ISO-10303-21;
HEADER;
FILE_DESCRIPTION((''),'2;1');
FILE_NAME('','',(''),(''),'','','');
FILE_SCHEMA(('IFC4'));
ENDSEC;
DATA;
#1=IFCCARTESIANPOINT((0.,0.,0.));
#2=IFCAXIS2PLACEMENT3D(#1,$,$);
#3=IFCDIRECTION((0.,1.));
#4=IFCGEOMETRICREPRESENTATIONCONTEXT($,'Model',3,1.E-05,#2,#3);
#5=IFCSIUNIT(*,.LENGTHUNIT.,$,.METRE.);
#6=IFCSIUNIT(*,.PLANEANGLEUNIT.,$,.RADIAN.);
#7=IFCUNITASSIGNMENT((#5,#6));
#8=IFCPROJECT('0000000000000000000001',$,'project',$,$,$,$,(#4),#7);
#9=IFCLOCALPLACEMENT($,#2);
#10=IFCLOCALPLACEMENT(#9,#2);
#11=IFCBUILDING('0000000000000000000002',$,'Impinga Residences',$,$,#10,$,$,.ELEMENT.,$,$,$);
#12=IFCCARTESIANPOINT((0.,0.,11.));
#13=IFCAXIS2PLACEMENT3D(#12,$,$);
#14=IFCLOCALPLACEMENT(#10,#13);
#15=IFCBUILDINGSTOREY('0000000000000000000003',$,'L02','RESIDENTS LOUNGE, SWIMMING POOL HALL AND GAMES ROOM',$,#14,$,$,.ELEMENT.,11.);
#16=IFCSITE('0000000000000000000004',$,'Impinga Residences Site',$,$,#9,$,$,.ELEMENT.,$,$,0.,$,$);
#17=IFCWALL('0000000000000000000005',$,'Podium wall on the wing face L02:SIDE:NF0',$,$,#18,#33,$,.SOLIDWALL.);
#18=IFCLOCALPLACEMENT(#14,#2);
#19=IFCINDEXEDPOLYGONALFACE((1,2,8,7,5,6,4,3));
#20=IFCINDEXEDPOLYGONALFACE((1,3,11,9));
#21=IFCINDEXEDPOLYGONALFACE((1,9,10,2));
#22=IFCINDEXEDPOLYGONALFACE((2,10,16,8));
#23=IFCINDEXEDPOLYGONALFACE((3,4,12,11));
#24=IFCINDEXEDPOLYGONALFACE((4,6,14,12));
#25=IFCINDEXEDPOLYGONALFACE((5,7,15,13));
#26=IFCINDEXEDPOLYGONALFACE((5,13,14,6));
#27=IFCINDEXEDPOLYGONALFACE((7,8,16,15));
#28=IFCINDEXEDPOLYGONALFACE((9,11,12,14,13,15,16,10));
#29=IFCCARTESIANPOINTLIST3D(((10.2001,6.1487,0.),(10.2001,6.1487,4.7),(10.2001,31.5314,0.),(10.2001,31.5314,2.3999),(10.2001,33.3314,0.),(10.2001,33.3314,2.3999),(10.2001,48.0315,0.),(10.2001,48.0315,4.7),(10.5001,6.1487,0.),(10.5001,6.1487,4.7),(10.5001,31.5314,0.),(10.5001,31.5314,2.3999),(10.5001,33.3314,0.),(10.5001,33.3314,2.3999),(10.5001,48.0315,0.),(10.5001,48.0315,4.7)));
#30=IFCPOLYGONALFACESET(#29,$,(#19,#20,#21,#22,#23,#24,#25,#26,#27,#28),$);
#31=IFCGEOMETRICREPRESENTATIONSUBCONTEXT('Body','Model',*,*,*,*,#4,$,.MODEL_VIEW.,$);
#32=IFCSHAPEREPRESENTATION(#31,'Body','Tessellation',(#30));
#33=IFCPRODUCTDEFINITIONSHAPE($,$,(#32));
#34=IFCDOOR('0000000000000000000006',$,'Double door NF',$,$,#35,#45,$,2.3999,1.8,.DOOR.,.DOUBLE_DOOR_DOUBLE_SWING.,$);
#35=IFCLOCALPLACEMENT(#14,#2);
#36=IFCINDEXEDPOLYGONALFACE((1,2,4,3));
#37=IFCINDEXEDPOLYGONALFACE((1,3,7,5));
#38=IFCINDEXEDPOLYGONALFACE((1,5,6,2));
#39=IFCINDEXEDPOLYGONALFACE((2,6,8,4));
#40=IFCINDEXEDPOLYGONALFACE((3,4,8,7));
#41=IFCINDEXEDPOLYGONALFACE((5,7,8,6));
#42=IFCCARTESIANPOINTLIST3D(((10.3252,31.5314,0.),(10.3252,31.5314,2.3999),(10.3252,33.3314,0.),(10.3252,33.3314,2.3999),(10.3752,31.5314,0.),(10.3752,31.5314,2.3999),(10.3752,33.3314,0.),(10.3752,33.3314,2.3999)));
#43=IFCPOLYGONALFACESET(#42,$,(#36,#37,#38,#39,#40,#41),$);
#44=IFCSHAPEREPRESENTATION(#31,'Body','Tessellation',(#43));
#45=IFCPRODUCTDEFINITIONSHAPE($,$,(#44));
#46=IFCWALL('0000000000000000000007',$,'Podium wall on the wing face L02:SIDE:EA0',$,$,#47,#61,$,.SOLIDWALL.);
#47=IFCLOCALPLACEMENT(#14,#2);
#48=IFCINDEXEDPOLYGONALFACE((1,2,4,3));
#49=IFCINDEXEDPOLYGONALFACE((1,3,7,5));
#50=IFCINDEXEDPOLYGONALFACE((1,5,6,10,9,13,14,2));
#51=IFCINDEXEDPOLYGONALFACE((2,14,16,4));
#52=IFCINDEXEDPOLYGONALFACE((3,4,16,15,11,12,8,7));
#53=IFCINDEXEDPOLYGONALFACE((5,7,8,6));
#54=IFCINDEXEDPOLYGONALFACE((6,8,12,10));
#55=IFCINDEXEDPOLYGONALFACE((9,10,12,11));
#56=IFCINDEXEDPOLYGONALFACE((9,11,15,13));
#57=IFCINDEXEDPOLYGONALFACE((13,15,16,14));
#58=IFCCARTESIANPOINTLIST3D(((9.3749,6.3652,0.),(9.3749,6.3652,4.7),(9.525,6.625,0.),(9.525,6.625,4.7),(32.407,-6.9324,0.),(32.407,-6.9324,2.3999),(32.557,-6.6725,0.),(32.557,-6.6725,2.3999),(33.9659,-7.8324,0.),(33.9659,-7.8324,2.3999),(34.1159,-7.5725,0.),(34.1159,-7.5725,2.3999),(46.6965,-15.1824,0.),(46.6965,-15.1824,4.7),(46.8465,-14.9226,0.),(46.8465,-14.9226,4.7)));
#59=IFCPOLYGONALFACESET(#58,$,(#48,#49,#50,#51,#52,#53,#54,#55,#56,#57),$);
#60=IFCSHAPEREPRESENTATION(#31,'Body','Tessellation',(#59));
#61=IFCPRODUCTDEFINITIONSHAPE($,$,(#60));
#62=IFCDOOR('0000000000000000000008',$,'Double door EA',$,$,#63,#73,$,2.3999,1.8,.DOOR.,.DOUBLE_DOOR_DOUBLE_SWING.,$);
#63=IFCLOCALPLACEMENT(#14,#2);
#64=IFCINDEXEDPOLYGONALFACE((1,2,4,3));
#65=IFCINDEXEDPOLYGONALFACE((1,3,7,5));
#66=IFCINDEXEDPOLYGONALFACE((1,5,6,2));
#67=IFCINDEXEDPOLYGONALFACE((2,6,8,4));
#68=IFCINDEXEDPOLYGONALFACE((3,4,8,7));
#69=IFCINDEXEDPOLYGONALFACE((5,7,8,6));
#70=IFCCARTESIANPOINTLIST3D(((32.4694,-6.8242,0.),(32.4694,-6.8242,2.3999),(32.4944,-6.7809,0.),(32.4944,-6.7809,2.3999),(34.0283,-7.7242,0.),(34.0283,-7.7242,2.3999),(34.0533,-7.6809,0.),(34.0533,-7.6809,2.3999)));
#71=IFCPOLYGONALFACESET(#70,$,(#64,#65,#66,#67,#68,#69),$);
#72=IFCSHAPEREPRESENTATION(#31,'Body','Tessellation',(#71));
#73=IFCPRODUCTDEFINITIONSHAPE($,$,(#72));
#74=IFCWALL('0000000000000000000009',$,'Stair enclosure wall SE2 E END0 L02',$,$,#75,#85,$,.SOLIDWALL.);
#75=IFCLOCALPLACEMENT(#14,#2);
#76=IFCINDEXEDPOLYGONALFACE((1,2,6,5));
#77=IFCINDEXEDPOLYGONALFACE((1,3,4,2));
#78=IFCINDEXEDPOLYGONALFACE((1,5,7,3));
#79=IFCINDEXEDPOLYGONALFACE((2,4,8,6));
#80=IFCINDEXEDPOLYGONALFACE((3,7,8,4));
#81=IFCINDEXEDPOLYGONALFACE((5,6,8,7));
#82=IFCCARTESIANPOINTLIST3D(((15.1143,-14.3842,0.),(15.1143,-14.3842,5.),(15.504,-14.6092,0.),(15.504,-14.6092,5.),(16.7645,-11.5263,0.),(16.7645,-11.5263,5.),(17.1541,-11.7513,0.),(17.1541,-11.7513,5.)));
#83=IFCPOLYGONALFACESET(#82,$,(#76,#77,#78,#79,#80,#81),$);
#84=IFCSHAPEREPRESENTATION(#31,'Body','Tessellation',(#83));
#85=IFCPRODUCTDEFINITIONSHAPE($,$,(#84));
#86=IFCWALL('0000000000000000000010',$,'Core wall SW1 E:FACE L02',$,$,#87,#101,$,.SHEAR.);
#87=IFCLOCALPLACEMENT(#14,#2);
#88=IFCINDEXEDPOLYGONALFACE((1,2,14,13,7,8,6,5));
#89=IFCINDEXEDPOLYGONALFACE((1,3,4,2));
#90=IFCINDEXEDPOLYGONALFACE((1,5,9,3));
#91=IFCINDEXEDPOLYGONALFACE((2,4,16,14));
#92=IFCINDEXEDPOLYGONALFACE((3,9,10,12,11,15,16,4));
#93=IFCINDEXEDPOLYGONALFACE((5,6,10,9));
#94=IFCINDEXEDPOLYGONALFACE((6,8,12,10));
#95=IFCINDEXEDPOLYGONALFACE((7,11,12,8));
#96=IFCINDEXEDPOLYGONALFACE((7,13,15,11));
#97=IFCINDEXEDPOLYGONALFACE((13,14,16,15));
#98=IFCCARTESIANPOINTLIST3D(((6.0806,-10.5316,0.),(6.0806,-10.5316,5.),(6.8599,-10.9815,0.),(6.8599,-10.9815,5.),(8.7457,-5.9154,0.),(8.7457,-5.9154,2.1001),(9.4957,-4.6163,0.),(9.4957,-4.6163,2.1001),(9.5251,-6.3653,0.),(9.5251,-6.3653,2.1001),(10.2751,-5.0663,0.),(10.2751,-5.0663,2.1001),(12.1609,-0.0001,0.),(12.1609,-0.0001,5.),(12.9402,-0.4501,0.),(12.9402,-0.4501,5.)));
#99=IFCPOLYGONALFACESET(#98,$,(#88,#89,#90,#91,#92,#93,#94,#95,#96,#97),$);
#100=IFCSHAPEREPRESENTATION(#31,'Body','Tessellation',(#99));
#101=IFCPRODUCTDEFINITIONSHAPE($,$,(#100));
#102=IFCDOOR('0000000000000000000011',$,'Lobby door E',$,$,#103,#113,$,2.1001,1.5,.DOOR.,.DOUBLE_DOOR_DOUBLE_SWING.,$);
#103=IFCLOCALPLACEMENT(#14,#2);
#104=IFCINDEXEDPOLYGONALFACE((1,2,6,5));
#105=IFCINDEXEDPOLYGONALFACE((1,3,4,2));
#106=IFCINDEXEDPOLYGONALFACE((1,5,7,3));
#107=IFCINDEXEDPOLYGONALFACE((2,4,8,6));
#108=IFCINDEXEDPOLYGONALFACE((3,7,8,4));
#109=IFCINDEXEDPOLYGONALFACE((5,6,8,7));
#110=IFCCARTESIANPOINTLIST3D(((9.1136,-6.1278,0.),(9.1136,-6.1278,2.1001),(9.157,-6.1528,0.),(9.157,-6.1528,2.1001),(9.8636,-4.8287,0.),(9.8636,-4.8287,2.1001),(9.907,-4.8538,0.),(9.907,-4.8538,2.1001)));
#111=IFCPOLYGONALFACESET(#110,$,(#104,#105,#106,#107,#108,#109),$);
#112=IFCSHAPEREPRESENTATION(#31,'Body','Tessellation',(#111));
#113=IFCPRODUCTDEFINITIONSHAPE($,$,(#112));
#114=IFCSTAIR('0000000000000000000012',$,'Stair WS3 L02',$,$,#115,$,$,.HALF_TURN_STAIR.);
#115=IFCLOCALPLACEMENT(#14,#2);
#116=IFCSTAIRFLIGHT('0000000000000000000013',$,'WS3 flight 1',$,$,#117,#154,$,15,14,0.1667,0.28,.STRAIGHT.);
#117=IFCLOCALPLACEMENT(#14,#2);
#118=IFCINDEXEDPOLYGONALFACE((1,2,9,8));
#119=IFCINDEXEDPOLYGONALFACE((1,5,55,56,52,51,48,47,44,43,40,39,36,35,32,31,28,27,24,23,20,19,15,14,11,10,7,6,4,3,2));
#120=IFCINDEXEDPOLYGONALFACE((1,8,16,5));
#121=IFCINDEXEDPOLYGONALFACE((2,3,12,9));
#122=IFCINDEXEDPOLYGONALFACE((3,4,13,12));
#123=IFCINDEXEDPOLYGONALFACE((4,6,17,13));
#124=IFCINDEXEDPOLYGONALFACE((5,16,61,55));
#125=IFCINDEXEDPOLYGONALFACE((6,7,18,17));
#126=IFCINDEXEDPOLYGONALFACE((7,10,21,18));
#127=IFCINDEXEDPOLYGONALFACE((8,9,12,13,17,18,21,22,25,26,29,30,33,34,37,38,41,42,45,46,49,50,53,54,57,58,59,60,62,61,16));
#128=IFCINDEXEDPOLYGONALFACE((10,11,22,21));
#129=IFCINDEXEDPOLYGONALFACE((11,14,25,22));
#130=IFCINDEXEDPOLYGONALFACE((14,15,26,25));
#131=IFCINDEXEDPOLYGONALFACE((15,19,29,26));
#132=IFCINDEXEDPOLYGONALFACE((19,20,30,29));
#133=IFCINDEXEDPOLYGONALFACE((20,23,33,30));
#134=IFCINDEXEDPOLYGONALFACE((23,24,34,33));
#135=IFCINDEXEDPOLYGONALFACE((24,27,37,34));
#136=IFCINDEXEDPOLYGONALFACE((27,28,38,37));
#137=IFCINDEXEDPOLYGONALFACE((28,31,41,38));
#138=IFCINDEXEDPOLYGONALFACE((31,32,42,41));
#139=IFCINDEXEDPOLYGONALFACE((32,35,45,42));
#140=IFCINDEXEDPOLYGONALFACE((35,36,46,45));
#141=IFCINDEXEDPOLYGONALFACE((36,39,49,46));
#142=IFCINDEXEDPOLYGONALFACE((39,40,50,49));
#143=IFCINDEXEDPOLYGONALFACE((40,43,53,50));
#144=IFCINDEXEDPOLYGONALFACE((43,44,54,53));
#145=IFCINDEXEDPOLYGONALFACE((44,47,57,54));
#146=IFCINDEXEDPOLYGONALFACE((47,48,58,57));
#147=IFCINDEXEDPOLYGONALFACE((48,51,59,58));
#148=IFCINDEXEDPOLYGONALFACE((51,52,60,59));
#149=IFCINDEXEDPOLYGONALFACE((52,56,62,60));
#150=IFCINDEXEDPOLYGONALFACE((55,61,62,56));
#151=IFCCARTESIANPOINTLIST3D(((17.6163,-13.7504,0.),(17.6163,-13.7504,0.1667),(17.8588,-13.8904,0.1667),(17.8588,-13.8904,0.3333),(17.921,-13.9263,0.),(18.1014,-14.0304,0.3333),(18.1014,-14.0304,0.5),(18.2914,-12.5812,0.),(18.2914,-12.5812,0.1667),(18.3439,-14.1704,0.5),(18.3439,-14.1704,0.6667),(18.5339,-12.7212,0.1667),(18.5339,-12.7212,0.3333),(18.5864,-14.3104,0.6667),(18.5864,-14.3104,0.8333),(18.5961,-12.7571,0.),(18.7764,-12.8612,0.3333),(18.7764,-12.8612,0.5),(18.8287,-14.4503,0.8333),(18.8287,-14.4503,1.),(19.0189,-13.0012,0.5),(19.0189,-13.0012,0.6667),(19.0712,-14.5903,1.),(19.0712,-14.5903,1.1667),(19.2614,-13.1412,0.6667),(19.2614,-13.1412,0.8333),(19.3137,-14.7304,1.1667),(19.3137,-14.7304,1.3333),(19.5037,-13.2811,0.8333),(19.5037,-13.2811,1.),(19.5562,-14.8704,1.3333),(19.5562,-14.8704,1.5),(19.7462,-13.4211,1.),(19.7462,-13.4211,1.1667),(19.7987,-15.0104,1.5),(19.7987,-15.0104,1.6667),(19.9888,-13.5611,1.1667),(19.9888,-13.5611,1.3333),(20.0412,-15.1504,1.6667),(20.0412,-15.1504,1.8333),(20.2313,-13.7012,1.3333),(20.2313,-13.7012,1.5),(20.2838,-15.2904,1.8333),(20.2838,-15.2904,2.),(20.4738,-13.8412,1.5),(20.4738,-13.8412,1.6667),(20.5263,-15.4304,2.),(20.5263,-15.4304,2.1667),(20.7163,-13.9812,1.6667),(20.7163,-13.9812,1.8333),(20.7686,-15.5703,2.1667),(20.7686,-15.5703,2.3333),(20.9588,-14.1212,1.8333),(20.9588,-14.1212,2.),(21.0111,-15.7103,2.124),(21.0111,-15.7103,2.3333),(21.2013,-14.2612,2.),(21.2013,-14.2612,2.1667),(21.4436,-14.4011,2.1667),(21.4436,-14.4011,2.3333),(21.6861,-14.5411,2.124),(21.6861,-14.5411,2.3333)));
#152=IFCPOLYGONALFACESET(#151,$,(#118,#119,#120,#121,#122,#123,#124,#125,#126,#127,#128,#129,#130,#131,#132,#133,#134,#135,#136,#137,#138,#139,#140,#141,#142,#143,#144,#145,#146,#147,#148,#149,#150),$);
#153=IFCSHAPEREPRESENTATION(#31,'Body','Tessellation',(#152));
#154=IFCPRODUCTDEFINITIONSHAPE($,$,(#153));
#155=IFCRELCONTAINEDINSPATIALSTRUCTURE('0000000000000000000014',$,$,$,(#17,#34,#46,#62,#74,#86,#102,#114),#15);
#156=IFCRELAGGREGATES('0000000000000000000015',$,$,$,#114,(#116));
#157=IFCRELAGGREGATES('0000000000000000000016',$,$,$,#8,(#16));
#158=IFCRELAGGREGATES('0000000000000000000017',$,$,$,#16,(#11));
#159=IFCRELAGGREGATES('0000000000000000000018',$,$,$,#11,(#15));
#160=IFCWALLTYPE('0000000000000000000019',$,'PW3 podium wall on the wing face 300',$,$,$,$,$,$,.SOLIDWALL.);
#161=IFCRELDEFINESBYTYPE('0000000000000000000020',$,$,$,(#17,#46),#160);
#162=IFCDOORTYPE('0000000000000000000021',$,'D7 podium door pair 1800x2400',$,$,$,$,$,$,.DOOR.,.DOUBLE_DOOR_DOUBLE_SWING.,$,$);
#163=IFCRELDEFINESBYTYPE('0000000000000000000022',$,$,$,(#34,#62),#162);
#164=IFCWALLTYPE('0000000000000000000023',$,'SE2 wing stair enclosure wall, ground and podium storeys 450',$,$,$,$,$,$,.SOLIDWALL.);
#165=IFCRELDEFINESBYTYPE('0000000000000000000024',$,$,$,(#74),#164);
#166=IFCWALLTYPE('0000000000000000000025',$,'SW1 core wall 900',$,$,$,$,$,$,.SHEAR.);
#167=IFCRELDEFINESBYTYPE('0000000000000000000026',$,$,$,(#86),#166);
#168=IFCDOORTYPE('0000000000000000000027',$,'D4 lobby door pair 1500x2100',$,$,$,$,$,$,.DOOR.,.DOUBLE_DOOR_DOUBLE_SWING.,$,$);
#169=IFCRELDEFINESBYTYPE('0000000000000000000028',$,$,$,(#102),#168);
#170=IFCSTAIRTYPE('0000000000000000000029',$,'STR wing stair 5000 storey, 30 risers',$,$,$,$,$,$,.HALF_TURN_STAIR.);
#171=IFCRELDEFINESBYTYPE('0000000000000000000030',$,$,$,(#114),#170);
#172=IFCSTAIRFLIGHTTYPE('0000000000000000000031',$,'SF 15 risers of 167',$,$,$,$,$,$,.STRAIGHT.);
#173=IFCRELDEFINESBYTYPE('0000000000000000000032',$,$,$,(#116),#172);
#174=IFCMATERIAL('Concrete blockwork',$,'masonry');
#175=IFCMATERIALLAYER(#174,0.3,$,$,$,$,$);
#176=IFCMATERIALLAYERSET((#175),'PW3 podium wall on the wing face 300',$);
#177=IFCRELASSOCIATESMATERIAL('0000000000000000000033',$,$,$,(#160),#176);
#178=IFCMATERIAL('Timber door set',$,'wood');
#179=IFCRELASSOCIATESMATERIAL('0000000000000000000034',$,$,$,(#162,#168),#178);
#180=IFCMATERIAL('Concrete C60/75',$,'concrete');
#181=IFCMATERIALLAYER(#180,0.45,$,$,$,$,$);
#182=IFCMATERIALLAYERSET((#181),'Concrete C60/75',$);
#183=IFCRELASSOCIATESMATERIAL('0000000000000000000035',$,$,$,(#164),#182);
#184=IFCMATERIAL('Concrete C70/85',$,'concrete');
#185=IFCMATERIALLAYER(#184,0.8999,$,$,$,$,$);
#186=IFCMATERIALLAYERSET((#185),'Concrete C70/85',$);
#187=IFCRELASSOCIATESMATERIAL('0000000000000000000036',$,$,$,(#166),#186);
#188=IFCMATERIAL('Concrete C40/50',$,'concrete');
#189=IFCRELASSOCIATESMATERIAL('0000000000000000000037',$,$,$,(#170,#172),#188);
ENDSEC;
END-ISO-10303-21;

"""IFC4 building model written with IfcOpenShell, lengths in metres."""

from ifc_helpers import new_model, si_unit, direction, frame, frame_2d, origin, place, context, subcontext, project, spatial, polyline, rectangle, outline, extrude, material, layer, layer_set, type_object, element, fill, aggregate, save


model = new_model("IFC4")

# Units and contexts
model_context = context("Model", 3, precision=1e-05, world=origin(), true_north=direction((0.0, 1.0)))
body_context = subcontext(model_context, "Body", "Model", "MODEL_VIEW")
ifc_project = project(units=[si_unit("LENGTHUNIT", "METRE"), si_unit("PLANEANGLEUNIT", "RADIAN")], contexts=[model_context])

# Site, building, storey
site_placement = place(None, origin())
site = spatial("IfcSite", under=ifc_project, at=site_placement, Name="Impinga Residences Site", CompositionType="ELEMENT", RefElevation=0.0)
building_placement = place(site_placement, origin())
building = spatial("IfcBuilding", under=site, at=building_placement, Name="Impinga Residences", CompositionType="ELEMENT")
storey_placement = place(building_placement, frame((0.0, 0.0, 11.0)))
storey = spatial("IfcBuildingStorey", under=building, at=storey_placement, Name="L02", Description="RESIDENTS LOUNGE, SWIMMING POOL HALL AND GAMES ROOM", CompositionType="ELEMENT", Elevation=11.0)

# Shared definitions
ifc_material_1 = material(Name="Concrete C70/85", Category="concrete")

# Shared definitions
ifc_material_2 = material(Name="Concrete C60/75", Category="concrete")

# Shared definitions
ifc_material_3 = material(Name="Timber door set", Category="wood")
ifc_material_4 = material(Name="Concrete blockwork", Category="masonry")

# Walls, openings, doors
ifc_layer_1 = layer(ifc_material_4, 0.3)
ifc_layer_set_1 = layer_set([ifc_layer_1], Name="PW3 podium wall on the wing face 300")
wall_type_1 = type_object("IfcWallType", Name="PW3 podium wall on the wing face 300", PredefinedType="SOLIDWALL", material=ifc_layer_set_1)
wall_1_placement = place(storey_placement, frame((10.3501, 6.1487, 0.0), z_axis=(0.0, 0.0, 1.0), x_axis=(0.0, 1.0, 0.0)))
wall_1 = element("IfcWall", 1, at=wall_1_placement, inside=storey, type_object=wall_type_1, Name="Podium wall on the wing face L02:SIDE:NF0", PredefinedType="SOLIDWALL", context=body_context, shape_type="SweptSolid", body=[
    extrude(rectangle(XDim=41.8828, YDim=0.3, at=frame_2d((20.9414, 0.0))), origin(), (0.0, 0.0, 1.0), 4.7),
])
opening_1_placement = place(wall_1_placement, frame((25.3828, 0.0, 0.0)))
opening_1 = element("IfcOpeningElement", 2, at=opening_1_placement, cuts=wall_1, PredefinedType="OPENING", context=body_context, shape_type="SweptSolid", body=[
    extrude(rectangle(XDim=1.8, YDim=2.3999, at=frame_2d((0.8999, 1.2))), frame((0.0, 0.1599, 0.0), z_axis=(0.0, -1.0, 0.0), x_axis=(1.0, 0.0, 0.0)), (0.0, 0.0, 1.0), 0.3201),
])
door_type_1 = type_object("IfcDoorType", Name="D7 podium door pair 1800x2400", OperationType="DOUBLE_DOOR_DOUBLE_SWING", PredefinedType="DOOR", material=ifc_material_3)
door_1_placement = place(opening_1_placement, origin())
door_1 = element("IfcDoor", 3, at=door_1_placement, inside=storey, type_object=door_type_1, Name="Double door NF", OperationType="DOUBLE_DOOR_DOUBLE_SWING", OverallHeight=2.3999, OverallWidth=1.8, PredefinedType="DOOR", context=body_context, shape_type="SweptSolid", body=[
    extrude(rectangle(XDim=1.8, YDim=2.3999, at=frame_2d((0.8999, 1.2))), frame((0.0, 0.0249, 0.0), z_axis=(0.0, -1.0, 0.0), x_axis=(1.0, 0.0, 0.0)), (0.0, 0.0, 1.0), 0.05),
])
fill(opening_1, door_1)
wall_2_placement = place(storey_placement, frame((9.45, 6.4951, 0.0), z_axis=(0.0, 0.0, 1.0), x_axis=(0.866025, -0.5, 0.0)))
wall_2 = element("IfcWall", 4, at=wall_2_placement, inside=storey, type_object=wall_type_1, Name="Podium wall on the wing face L02:SIDE:EA0", PredefinedType="SOLIDWALL", context=body_context, shape_type="SweptSolid", body=[
    extrude(rectangle(XDim=43.0952, YDim=0.3, at=frame_2d((21.5476, 0.0))), origin(), (0.0, 0.0, 1.0), 4.7),
])
opening_2_placement = place(wall_2_placement, frame((26.5952, 0.0, 0.0)))
opening_2 = element("IfcOpeningElement", 5, at=opening_2_placement, cuts=wall_2, PredefinedType="OPENING", context=body_context, shape_type="SweptSolid", body=[
    extrude(rectangle(XDim=1.8, YDim=2.3999, at=frame_2d((0.8999, 1.2))), frame((0.0, 0.1599, 0.0), z_axis=(0.0, -1.0, 0.0), x_axis=(1.0, 0.0, 0.0)), (0.0, 0.0, 1.0), 0.3201),
])
door_2_placement = place(opening_2_placement, origin())
door_2 = element("IfcDoor", 6, at=door_2_placement, inside=storey, type_object=door_type_1, Name="Double door EA", OperationType="DOUBLE_DOOR_DOUBLE_SWING", OverallHeight=2.3999, OverallWidth=1.8, PredefinedType="DOOR", context=body_context, shape_type="SweptSolid", body=[
    extrude(rectangle(XDim=1.8, YDim=2.3999, at=frame_2d((0.8999, 1.2))), frame((0.0, 0.0249, 0.0), z_axis=(0.0, -1.0, 0.0), x_axis=(1.0, 0.0, 0.0)), (0.0, 0.0, 1.0), 0.05),
])
fill(opening_2, door_2)

# Wall
ifc_layer_2 = layer(ifc_material_2, 0.45)
ifc_layer_set_2 = layer_set([ifc_layer_2], Name="Concrete C60/75")
wall_type_2 = type_object("IfcWallType", Name="SE2 wing stair enclosure wall, ground and podium storeys 450", PredefinedType="SOLIDWALL", material=ifc_layer_set_2)
wall_3_placement = place(storey_placement, frame((16.9592, -11.6389, 0.0), z_axis=(0.0, 0.0, 1.0), x_axis=(-0.50003, -0.866008, 0.0)))
element("IfcWall", 7, at=wall_3_placement, inside=storey, type_object=wall_type_2, Name="Stair enclosure wall SE2 E END0 L02", PredefinedType="SOLIDWALL", context=body_context, shape_type="SweptSolid", body=[
    extrude(rectangle(XDim=3.3, YDim=0.45, at=frame_2d((1.6499, 0.0))), origin(), (0.0, 0.0, 1.0), 5.0),
])

# Wall, opening, door
ifc_layer_3 = layer(ifc_material_1, 0.8999)
ifc_layer_set_3 = layer_set([ifc_layer_3], Name="Concrete C70/85")
wall_type_3 = type_object("IfcWallType", Name="SW1 core wall 900", PredefinedType="SHEAR", material=ifc_layer_set_3)
wall_4_placement = place(storey_placement, frame((12.5505, -0.2251, 0.0), z_axis=(0.0, 0.0, 1.0), x_axis=(-0.499998, -0.866027, 0.0)))
wall_4 = element("IfcWall", 8, at=wall_4_placement, inside=storey, type_object=wall_type_3, Name="Core wall SW1 E:FACE L02", PredefinedType="SHEAR", context=body_context, shape_type="SweptSolid", body=[
    extrude(rectangle(XDim=12.1606, YDim=0.8999, at=frame_2d((6.0803, 0.0))), origin(), (0.0, 0.0, 1.0), 5.0),
])
opening_3_placement = place(wall_4_placement, frame((5.3303, 0.0, 0.0)))
opening_3 = element("IfcOpeningElement", 9, at=opening_3_placement, cuts=wall_4, PredefinedType="OPENING", context=body_context, shape_type="SweptSolid", body=[
    extrude(rectangle(XDim=1.5, YDim=2.1001, at=frame_2d((0.75, 1.05))), frame((0.0, 0.46, 0.0), z_axis=(0.0, -1.0, 0.0), x_axis=(1.0, 0.0, 0.0)), (0.0, 0.0, 1.0), 0.9199),
])
door_type_2 = type_object("IfcDoorType", Name="D4 lobby door pair 1500x2100", OperationType="DOUBLE_DOOR_DOUBLE_SWING", PredefinedType="DOOR", material=ifc_material_3)
door_3_placement = place(opening_3_placement, origin())
door_3 = element("IfcDoor", 10, at=door_3_placement, inside=storey, type_object=door_type_2, Name="Lobby door E", OperationType="DOUBLE_DOOR_DOUBLE_SWING", OverallHeight=2.1001, OverallWidth=1.5, PredefinedType="DOOR", context=body_context, shape_type="SweptSolid", body=[
    extrude(rectangle(XDim=1.5, YDim=2.1001, at=frame_2d((0.75, 1.05))), frame((0.0, 0.0249, 0.0), z_axis=(0.0, -1.0, 0.0), x_axis=(1.0, 0.0, 0.0)), (0.0, 0.0, 1.0), 0.05),
])
fill(opening_3, door_3)

# Stair, stair flight
ifc_material_5 = material(Name="Concrete C40/50", Category="concrete")
stair_type = type_object("IfcStairType", Name="STR wing stair 5000 storey, 30 risers", PredefinedType="HALF_TURN_STAIR", material=ifc_material_5)
stair_placement = place(storey_placement, origin())
stair = element("IfcStair", 11, at=stair_placement, inside=storey, type_object=stair_type, Name="Stair WS3 L02", PredefinedType="HALF_TURN_STAIR")
stair_flight_type = type_object("IfcStairFlightType", Name="SF 15 risers of 167", PredefinedType="STRAIGHT", material=ifc_material_5)
stair_flight_placement = place(storey_placement, frame((17.9539, -13.1658, 0.0), z_axis=(0.0, 0.0, 1.0), x_axis=(0.866025, -0.5, 0.0)))
stair_flight = element("IfcStairFlight", 12, at=stair_flight_placement, type_object=stair_flight_type, Name="WS3 flight 1", NumberOfRisers=15, NumberOfTreads=14, PredefinedType="STRAIGHT", RiserHeight=0.1667, TreadLength=0.28, context=body_context, shape_type="SweptSolid", body=[
    extrude(outline(polyline([(0.0, 0.0), (0.0, 0.1667), (0.28, 0.1667), (0.28, 0.3333), (0.5601, 0.3333), (0.5601, 0.5), (0.8401, 0.5), (0.8401, 0.6667), (1.1201, 0.6667), (1.1201, 0.8333), (1.3999, 0.8333), (1.3999, 1.0), (1.6799, 1.0), (1.6799, 1.1667), (1.96, 1.1667), (1.96, 1.3333), (2.24, 1.3333), (2.24, 1.5), (2.52, 1.5), (2.52, 1.6667), (2.8, 1.6667), (2.8, 1.8333), (3.0801, 1.8333), (3.0801, 2.0), (3.3601, 2.0), (3.3601, 2.1667), (3.6399, 2.1667), (3.6399, 2.3333), (3.9199, 2.3333), (3.9199, 2.5), (3.9199, 2.124), (0.3518, 0.0), (0.0, 0.0)])), frame((0.0, 0.675, 0.0), z_axis=(0.0, -1.0, 0.0), x_axis=(1.0, 0.0, 0.0)), (0.0, 0.0, 1.0), 1.3501),
])
aggregate(stair, [stair_flight])

save(model, "model.ifc")
